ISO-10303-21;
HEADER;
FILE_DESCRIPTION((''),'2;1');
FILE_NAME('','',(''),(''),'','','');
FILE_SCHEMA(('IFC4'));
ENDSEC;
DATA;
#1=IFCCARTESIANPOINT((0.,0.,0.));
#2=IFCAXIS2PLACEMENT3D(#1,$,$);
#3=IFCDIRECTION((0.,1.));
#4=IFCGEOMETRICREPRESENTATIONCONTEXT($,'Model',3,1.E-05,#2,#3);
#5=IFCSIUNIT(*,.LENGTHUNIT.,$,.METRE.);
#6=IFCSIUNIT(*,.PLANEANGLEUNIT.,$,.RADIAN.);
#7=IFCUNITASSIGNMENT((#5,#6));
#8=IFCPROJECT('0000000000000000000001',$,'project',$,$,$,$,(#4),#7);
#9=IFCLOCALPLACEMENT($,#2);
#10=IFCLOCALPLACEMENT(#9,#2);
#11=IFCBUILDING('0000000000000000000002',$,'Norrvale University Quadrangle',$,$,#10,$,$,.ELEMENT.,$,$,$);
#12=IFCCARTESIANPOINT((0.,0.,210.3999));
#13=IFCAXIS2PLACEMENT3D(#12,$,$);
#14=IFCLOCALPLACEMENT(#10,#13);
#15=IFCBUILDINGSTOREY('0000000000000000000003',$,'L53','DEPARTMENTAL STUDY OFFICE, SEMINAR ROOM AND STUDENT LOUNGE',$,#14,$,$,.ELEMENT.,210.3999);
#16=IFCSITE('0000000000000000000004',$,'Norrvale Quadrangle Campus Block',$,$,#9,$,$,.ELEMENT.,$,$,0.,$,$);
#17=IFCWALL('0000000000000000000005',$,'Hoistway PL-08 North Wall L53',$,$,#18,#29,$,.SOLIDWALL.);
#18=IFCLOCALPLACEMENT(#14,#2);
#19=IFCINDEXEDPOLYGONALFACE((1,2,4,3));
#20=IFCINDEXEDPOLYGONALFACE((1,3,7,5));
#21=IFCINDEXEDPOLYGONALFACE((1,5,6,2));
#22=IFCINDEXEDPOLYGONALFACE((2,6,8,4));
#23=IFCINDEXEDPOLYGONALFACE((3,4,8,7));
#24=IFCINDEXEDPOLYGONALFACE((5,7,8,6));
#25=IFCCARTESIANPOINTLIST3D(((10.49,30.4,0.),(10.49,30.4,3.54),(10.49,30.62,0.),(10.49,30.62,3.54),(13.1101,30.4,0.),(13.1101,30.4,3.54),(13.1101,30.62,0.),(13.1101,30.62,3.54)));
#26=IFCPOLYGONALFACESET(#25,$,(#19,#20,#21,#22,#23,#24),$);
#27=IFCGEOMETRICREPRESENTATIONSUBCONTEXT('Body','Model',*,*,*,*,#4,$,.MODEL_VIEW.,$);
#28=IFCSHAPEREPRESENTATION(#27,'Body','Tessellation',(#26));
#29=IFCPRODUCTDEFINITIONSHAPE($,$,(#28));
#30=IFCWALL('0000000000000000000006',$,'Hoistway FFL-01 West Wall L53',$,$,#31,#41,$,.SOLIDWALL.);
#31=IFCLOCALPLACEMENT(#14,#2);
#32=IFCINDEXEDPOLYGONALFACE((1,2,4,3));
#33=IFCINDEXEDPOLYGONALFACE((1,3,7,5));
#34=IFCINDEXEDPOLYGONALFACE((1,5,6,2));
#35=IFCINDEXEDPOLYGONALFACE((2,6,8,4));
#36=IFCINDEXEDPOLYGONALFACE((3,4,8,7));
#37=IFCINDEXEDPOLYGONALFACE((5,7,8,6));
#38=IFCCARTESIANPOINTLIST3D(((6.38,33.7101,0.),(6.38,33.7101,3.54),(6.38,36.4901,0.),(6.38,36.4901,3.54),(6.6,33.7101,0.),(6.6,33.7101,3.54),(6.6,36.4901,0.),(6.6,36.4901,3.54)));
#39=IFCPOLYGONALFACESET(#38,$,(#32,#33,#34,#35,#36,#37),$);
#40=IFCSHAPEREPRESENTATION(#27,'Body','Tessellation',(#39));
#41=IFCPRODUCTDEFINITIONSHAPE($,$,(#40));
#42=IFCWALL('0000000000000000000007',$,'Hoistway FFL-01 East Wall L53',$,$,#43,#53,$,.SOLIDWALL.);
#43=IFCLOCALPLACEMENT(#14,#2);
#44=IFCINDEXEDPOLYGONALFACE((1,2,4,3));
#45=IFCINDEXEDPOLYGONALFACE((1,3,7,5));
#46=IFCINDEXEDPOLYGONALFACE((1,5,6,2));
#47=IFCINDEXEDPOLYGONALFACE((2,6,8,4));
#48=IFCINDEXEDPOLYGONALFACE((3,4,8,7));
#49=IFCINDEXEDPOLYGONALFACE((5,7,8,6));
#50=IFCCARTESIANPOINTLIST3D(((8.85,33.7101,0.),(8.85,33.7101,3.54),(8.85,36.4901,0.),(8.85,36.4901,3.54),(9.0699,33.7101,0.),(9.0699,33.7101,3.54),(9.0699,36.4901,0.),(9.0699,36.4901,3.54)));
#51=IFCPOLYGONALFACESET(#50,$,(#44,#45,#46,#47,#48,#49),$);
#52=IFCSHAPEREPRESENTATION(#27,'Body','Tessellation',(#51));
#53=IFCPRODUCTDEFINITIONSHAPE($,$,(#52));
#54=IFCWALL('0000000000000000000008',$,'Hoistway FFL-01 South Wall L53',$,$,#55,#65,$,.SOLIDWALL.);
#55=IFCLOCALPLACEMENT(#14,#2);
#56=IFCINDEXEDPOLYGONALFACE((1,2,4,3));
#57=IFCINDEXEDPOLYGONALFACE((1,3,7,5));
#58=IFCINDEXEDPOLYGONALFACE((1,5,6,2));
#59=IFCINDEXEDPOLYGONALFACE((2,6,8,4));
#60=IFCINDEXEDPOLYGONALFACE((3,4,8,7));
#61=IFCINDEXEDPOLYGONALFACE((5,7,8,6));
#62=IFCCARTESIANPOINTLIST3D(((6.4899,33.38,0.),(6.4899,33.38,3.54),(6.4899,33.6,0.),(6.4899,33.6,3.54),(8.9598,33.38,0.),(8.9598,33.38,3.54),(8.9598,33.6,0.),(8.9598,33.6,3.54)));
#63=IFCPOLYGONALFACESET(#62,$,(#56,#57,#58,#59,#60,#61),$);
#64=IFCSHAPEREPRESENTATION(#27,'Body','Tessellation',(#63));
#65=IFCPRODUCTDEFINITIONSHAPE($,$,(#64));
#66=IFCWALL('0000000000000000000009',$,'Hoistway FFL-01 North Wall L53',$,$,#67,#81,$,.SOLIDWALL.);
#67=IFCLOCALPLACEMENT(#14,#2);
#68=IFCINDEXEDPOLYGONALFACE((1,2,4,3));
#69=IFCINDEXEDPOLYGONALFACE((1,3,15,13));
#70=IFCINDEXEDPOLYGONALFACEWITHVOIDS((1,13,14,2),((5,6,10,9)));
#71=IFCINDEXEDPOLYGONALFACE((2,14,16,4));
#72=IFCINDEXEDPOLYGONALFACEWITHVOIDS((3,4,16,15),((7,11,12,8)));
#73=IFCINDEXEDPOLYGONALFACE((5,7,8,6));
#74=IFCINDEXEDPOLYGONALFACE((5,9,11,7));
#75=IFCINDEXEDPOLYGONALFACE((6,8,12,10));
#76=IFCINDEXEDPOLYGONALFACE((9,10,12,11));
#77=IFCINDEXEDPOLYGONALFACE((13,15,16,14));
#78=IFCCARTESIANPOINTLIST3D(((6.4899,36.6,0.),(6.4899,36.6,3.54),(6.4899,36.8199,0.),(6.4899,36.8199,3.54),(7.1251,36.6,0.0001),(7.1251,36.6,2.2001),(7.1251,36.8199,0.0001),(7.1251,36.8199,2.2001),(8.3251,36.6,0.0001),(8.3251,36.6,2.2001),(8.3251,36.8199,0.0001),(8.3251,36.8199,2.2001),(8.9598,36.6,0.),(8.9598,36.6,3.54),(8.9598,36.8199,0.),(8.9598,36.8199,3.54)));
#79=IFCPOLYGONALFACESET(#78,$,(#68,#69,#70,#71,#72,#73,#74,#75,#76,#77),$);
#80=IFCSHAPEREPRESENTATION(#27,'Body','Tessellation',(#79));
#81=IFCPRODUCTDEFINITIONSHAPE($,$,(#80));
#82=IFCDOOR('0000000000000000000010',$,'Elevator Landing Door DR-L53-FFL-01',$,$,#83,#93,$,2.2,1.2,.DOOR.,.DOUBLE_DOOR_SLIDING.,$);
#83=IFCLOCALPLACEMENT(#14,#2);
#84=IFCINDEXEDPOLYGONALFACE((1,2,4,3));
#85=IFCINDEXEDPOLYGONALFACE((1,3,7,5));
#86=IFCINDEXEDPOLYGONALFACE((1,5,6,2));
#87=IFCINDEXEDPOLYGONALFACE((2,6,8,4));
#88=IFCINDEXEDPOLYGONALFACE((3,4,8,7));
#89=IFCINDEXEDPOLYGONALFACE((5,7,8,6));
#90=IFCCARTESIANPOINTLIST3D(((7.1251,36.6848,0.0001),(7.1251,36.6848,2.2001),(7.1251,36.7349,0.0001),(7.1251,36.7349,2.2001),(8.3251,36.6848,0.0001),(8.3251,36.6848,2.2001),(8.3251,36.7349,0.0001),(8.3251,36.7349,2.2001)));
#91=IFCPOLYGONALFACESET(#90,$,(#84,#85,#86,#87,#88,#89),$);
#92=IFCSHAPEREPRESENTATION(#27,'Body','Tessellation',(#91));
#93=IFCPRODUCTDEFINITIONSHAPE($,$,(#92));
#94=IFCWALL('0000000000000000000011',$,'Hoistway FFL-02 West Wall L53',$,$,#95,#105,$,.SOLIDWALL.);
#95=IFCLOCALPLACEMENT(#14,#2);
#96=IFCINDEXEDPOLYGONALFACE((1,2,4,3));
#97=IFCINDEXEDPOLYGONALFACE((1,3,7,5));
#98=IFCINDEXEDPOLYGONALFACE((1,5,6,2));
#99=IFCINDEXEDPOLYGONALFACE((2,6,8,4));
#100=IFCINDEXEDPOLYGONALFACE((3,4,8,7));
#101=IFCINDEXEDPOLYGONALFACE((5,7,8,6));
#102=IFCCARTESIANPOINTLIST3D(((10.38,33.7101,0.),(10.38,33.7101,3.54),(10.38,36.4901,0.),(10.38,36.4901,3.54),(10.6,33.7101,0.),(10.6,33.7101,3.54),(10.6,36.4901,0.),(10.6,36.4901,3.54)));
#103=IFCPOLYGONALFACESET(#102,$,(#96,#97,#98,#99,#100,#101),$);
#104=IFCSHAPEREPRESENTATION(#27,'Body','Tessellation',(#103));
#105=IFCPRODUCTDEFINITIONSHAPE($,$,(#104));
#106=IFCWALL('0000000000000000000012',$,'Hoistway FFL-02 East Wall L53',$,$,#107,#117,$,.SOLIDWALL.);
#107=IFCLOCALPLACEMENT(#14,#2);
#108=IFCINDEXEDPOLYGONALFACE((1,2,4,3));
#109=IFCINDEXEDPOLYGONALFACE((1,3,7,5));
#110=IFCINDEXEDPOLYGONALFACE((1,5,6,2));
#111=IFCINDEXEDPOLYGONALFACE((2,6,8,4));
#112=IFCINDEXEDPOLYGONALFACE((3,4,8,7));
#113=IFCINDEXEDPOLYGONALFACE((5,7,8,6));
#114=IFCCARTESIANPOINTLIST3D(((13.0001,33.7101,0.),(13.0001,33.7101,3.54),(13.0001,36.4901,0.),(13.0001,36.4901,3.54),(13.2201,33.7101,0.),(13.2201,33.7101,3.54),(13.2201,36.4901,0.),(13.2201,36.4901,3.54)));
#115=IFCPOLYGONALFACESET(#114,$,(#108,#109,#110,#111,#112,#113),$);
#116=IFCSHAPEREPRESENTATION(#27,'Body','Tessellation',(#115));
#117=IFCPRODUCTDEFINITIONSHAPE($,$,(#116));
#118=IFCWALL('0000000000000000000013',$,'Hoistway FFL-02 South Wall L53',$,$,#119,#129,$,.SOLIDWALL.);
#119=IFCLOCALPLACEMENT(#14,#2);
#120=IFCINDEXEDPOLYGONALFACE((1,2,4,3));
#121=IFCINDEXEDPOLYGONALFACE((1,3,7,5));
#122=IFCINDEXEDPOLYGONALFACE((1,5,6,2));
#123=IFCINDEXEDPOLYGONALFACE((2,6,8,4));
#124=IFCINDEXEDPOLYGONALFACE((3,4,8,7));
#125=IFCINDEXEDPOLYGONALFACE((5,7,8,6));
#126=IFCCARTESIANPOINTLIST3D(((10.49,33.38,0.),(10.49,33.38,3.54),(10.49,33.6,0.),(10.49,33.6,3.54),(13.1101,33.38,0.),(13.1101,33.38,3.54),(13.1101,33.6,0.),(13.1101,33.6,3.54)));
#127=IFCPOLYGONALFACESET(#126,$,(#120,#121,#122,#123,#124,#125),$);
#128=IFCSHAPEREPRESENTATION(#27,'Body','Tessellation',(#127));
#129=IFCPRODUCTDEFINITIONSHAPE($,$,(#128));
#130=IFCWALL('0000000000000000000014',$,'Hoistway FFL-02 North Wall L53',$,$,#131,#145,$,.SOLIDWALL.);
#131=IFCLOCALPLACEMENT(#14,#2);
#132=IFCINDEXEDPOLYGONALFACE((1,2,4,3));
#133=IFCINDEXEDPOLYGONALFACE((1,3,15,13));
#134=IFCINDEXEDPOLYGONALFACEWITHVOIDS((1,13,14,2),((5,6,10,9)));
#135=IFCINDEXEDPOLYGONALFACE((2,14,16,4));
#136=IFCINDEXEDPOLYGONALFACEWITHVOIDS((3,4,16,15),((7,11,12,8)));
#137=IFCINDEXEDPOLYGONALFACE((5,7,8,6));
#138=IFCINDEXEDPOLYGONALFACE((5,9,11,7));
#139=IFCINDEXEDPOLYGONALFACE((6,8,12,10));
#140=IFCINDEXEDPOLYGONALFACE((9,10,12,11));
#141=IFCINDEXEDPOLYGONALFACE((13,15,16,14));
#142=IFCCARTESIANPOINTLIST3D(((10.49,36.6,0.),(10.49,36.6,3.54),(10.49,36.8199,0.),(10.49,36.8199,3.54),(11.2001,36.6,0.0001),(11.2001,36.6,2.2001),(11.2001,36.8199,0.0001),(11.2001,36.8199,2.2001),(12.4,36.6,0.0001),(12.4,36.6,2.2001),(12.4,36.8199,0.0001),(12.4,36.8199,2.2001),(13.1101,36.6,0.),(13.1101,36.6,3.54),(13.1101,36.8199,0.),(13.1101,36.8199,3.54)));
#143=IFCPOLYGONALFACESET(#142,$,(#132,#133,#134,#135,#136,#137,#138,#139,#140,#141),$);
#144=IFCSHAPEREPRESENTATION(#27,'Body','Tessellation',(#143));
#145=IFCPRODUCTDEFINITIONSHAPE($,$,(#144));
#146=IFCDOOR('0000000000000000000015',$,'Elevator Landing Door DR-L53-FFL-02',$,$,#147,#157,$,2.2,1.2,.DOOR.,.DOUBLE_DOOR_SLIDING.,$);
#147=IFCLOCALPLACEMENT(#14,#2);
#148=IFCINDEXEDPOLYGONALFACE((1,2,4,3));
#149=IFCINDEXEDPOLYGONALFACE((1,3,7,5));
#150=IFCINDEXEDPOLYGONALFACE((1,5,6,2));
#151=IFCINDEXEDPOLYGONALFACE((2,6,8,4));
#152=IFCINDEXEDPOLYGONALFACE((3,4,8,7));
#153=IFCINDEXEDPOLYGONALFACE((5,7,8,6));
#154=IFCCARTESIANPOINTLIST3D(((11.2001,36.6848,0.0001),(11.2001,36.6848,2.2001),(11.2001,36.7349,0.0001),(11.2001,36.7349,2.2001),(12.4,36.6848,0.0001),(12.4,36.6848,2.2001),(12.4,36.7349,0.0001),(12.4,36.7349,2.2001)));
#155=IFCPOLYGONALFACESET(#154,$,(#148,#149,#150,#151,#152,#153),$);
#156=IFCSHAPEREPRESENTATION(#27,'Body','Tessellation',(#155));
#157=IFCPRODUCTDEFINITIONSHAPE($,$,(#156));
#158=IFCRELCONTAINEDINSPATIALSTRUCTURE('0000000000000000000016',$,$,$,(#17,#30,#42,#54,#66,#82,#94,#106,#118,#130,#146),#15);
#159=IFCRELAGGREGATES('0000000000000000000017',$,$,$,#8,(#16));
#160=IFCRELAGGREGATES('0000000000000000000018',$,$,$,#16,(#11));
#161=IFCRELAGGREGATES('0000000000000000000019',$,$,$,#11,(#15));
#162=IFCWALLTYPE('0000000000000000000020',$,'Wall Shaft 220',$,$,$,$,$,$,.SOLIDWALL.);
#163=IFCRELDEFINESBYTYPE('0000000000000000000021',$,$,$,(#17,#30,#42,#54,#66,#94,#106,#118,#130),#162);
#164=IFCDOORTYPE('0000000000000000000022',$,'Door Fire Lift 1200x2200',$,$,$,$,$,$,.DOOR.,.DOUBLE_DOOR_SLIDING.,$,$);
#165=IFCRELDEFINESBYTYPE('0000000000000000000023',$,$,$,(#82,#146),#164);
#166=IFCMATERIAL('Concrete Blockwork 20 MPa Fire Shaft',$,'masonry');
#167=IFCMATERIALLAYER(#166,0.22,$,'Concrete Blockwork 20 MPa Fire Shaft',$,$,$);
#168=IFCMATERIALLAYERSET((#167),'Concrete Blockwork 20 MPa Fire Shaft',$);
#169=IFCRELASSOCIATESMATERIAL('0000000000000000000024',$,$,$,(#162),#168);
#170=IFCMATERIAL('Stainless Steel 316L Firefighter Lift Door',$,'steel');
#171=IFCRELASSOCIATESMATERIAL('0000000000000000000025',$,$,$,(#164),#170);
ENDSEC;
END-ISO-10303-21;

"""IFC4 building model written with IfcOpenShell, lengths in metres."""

from ifc_helpers import new_model, si_unit, direction, frame, frame_2d, origin, place, context, subcontext, project, spatial, rectangle, extrude, material, layer, layer_set, type_object, element, fill, save


model = new_model("IFC4")

# Units and contexts
model_context = context("Model", 3, precision=1e-05, world=origin(), true_north=direction((0.0, 1.0)))
body_context = subcontext(model_context, "Body", "Model", "MODEL_VIEW")
ifc_project = project(units=[si_unit("LENGTHUNIT", "METRE"), si_unit("PLANEANGLEUNIT", "RADIAN")], contexts=[model_context])

# Site, building, storey
site_placement = place(None, origin())
site = spatial("IfcSite", under=ifc_project, at=site_placement, Name="Norrvale Quadrangle Campus Block", CompositionType="ELEMENT", RefElevation=0.0)
building_placement = place(site_placement, origin())
building = spatial("IfcBuilding", under=site, at=building_placement, Name="Norrvale University Quadrangle", CompositionType="ELEMENT")
storey_placement = place(building_placement, frame((0.0, 0.0, 210.3999)))
storey = spatial("IfcBuildingStorey", under=building, at=storey_placement, Name="L53", Description="DEPARTMENTAL STUDY OFFICE, SEMINAR ROOM AND STUDENT LOUNGE", CompositionType="ELEMENT", Elevation=210.3999)

# Walls
ifc_material_1 = material(Name="Concrete Blockwork 20 MPa Fire Shaft", Category="masonry")
ifc_layer_1 = layer(ifc_material_1, 0.22, Name="Concrete Blockwork 20 MPa Fire Shaft")
ifc_layer_set_1 = layer_set([ifc_layer_1], Name="Concrete Blockwork 20 MPa Fire Shaft")
wall_type_1 = type_object("IfcWallType", Name="Wall Shaft 220", PredefinedType="SOLIDWALL", material=ifc_layer_set_1)
wall_1_placement = place(storey_placement, frame((10.49, 30.51, 0.0), z_axis=(0.0, 0.0, 1.0), x_axis=(1.0, 0.0, 0.0)))
element("IfcWall", 1, at=wall_1_placement, inside=storey, type_object=wall_type_1, Name="Hoistway PL-08 North Wall L53", PredefinedType="SOLIDWALL", context=body_context, shape_type="SweptSolid", body=[
    extrude(rectangle(XDim=2.6201, YDim=0.22, at=frame_2d((1.3101, 0.0))), origin(), (0.0, 0.0, 1.0), 3.54),
])
for number, where, z_axis, x_axis, name in (
    (2, (6.49, 33.71, 0.0), (0.0, 0.0, 1.0), (0.0, 1.0, 0.0), "Hoistway FFL-01 West Wall L53"),
    (3, (8.96, 33.71, 0.0), (0.0, 0.0, 1.0), (0.0, 1.0, 0.0), "Hoistway FFL-01 East Wall L53"),
):
    element("IfcWall", number, at=place(storey_placement, frame(where, z_axis=z_axis, x_axis=x_axis)), inside=storey, type_object=wall_type_1, Name=name, PredefinedType="SOLIDWALL", context=body_context, shape_type="SweptSolid", body=[
        extrude(rectangle(XDim=2.78, YDim=0.22, at=frame_2d((1.3901, 0.0))), origin(), (0.0, 0.0, 1.0), 3.54),
    ])
wall_2_placement = place(storey_placement, frame((6.49, 33.49, 0.0), z_axis=(0.0, 0.0, 1.0), x_axis=(1.0, 0.0, 0.0)))
element("IfcWall", 4, at=wall_2_placement, inside=storey, type_object=wall_type_1, Name="Hoistway FFL-01 South Wall L53", PredefinedType="SOLIDWALL", context=body_context, shape_type="SweptSolid", body=[
    extrude(rectangle(XDim=2.47, YDim=0.22, at=frame_2d((1.2349, 0.0))), origin(), (0.0, 0.0, 1.0), 3.54),
])

# Wall, opening, door
wall_3_placement = place(storey_placement, frame((6.49, 36.71, 0.0), z_axis=(0.0, 0.0, 1.0), x_axis=(1.0, 0.0, 0.0)))
wall_3 = element("IfcWall", 5, at=wall_3_placement, inside=storey, type_object=wall_type_1, Name="Hoistway FFL-01 North Wall L53", PredefinedType="SOLIDWALL", context=body_context, shape_type="SweptSolid", body=[
    extrude(rectangle(XDim=2.47, YDim=0.22, at=frame_2d((1.2349, 0.0))), origin(), (0.0, 0.0, 1.0), 3.54),
])
opening_1_placement = place(wall_3_placement, frame((0.635, 0.0, 0.0)))
opening_1 = element("IfcOpeningElement", 6, at=opening_1_placement, cuts=wall_3, PredefinedType="OPENING", context=body_context, shape_type="SweptSolid", body=[
    extrude(rectangle(XDim=1.2, YDim=2.2, at=frame_2d((0.6001, 1.1001))), frame((0.0, 0.1221, 0.0), z_axis=(0.0, -1.0, 0.0), x_axis=(1.0, 0.0, 0.0)), (0.0, 0.0, 1.0), 0.2439),
])
ifc_material_2 = material(Name="Stainless Steel 316L Firefighter Lift Door", Category="steel")
door_type_1 = type_object("IfcDoorType", Name="Door Fire Lift 1200x2200", OperationType="DOUBLE_DOOR_SLIDING", PredefinedType="DOOR", material=ifc_material_2)
door_1_placement = place(opening_1_placement, origin())
door_1 = element("IfcDoor", 7, at=door_1_placement, inside=storey, type_object=door_type_1, Name="Elevator Landing Door DR-L53-FFL-01", OperationType="DOUBLE_DOOR_SLIDING", OverallHeight=2.2, OverallWidth=1.2, PredefinedType="DOOR", context=body_context, shape_type="SweptSolid", body=[
    extrude(rectangle(XDim=1.2, YDim=2.2, at=frame_2d((0.6001, 1.1001))), frame((0.0, 0.0249, 0.0), z_axis=(0.0, -1.0, 0.0), x_axis=(1.0, 0.0, 0.0)), (0.0, 0.0, 1.0), 0.05),
])
fill(opening_1, door_1)

# Walls
for number, where, z_axis, x_axis, name in (
    (8, (10.49, 33.71, 0.0), (0.0, 0.0, 1.0), (0.0, 1.0, 0.0), "Hoistway FFL-02 West Wall L53"),
    (9, (13.1101, 33.71, 0.0), (0.0, 0.0, 1.0), (0.0, 1.0, 0.0), "Hoistway FFL-02 East Wall L53"),
):
    element("IfcWall", number, at=place(storey_placement, frame(where, z_axis=z_axis, x_axis=x_axis)), inside=storey, type_object=wall_type_1, Name=name, PredefinedType="SOLIDWALL", context=body_context, shape_type="SweptSolid", body=[
        extrude(rectangle(XDim=2.78, YDim=0.22, at=frame_2d((1.3901, 0.0))), origin(), (0.0, 0.0, 1.0), 3.54),
    ])
wall_4_placement = place(storey_placement, frame((10.49, 33.49, 0.0), z_axis=(0.0, 0.0, 1.0), x_axis=(1.0, 0.0, 0.0)))
element("IfcWall", 10, at=wall_4_placement, inside=storey, type_object=wall_type_1, Name="Hoistway FFL-02 South Wall L53", PredefinedType="SOLIDWALL", context=body_context, shape_type="SweptSolid", body=[
    extrude(rectangle(XDim=2.6201, YDim=0.22, at=frame_2d((1.3101, 0.0))), origin(), (0.0, 0.0, 1.0), 3.54),
])

# Wall, opening, door
wall_5_placement = place(storey_placement, frame((10.49, 36.71, 0.0), z_axis=(0.0, 0.0, 1.0), x_axis=(1.0, 0.0, 0.0)))
wall_5 = element("IfcWall", 11, at=wall_5_placement, inside=storey, type_object=wall_type_1, Name="Hoistway FFL-02 North Wall L53", PredefinedType="SOLIDWALL", context=body_context, shape_type="SweptSolid", body=[
    extrude(rectangle(XDim=2.6201, YDim=0.22, at=frame_2d((1.3101, 0.0))), origin(), (0.0, 0.0, 1.0), 3.54),
])
opening_2_placement = place(wall_5_placement, frame((0.71, 0.0, 0.0)))
opening_2 = element("IfcOpeningElement", 12, at=opening_2_placement, cuts=wall_5, PredefinedType="OPENING", context=body_context, shape_type="SweptSolid", body=[
    extrude(rectangle(XDim=1.2, YDim=2.2, at=frame_2d((0.6001, 1.1001))), frame((0.0, 0.1221, 0.0), z_axis=(0.0, -1.0, 0.0), x_axis=(1.0, 0.0, 0.0)), (0.0, 0.0, 1.0), 0.2439),
])
door_2_placement = place(opening_2_placement, origin())
door_2 = element("IfcDoor", 13, at=door_2_placement, inside=storey, type_object=door_type_1, Name="Elevator Landing Door DR-L53-FFL-02", OperationType="DOUBLE_DOOR_SLIDING", OverallHeight=2.2, OverallWidth=1.2, PredefinedType="DOOR", context=body_context, shape_type="SweptSolid", body=[
    extrude(rectangle(XDim=1.2, YDim=2.2, at=frame_2d((0.6001, 1.1001))), frame((0.0, 0.0249, 0.0), z_axis=(0.0, -1.0, 0.0), x_axis=(1.0, 0.0, 0.0)), (0.0, 0.0, 1.0), 0.05),
])
fill(opening_2, door_2)

save(model, "model.ifc")
